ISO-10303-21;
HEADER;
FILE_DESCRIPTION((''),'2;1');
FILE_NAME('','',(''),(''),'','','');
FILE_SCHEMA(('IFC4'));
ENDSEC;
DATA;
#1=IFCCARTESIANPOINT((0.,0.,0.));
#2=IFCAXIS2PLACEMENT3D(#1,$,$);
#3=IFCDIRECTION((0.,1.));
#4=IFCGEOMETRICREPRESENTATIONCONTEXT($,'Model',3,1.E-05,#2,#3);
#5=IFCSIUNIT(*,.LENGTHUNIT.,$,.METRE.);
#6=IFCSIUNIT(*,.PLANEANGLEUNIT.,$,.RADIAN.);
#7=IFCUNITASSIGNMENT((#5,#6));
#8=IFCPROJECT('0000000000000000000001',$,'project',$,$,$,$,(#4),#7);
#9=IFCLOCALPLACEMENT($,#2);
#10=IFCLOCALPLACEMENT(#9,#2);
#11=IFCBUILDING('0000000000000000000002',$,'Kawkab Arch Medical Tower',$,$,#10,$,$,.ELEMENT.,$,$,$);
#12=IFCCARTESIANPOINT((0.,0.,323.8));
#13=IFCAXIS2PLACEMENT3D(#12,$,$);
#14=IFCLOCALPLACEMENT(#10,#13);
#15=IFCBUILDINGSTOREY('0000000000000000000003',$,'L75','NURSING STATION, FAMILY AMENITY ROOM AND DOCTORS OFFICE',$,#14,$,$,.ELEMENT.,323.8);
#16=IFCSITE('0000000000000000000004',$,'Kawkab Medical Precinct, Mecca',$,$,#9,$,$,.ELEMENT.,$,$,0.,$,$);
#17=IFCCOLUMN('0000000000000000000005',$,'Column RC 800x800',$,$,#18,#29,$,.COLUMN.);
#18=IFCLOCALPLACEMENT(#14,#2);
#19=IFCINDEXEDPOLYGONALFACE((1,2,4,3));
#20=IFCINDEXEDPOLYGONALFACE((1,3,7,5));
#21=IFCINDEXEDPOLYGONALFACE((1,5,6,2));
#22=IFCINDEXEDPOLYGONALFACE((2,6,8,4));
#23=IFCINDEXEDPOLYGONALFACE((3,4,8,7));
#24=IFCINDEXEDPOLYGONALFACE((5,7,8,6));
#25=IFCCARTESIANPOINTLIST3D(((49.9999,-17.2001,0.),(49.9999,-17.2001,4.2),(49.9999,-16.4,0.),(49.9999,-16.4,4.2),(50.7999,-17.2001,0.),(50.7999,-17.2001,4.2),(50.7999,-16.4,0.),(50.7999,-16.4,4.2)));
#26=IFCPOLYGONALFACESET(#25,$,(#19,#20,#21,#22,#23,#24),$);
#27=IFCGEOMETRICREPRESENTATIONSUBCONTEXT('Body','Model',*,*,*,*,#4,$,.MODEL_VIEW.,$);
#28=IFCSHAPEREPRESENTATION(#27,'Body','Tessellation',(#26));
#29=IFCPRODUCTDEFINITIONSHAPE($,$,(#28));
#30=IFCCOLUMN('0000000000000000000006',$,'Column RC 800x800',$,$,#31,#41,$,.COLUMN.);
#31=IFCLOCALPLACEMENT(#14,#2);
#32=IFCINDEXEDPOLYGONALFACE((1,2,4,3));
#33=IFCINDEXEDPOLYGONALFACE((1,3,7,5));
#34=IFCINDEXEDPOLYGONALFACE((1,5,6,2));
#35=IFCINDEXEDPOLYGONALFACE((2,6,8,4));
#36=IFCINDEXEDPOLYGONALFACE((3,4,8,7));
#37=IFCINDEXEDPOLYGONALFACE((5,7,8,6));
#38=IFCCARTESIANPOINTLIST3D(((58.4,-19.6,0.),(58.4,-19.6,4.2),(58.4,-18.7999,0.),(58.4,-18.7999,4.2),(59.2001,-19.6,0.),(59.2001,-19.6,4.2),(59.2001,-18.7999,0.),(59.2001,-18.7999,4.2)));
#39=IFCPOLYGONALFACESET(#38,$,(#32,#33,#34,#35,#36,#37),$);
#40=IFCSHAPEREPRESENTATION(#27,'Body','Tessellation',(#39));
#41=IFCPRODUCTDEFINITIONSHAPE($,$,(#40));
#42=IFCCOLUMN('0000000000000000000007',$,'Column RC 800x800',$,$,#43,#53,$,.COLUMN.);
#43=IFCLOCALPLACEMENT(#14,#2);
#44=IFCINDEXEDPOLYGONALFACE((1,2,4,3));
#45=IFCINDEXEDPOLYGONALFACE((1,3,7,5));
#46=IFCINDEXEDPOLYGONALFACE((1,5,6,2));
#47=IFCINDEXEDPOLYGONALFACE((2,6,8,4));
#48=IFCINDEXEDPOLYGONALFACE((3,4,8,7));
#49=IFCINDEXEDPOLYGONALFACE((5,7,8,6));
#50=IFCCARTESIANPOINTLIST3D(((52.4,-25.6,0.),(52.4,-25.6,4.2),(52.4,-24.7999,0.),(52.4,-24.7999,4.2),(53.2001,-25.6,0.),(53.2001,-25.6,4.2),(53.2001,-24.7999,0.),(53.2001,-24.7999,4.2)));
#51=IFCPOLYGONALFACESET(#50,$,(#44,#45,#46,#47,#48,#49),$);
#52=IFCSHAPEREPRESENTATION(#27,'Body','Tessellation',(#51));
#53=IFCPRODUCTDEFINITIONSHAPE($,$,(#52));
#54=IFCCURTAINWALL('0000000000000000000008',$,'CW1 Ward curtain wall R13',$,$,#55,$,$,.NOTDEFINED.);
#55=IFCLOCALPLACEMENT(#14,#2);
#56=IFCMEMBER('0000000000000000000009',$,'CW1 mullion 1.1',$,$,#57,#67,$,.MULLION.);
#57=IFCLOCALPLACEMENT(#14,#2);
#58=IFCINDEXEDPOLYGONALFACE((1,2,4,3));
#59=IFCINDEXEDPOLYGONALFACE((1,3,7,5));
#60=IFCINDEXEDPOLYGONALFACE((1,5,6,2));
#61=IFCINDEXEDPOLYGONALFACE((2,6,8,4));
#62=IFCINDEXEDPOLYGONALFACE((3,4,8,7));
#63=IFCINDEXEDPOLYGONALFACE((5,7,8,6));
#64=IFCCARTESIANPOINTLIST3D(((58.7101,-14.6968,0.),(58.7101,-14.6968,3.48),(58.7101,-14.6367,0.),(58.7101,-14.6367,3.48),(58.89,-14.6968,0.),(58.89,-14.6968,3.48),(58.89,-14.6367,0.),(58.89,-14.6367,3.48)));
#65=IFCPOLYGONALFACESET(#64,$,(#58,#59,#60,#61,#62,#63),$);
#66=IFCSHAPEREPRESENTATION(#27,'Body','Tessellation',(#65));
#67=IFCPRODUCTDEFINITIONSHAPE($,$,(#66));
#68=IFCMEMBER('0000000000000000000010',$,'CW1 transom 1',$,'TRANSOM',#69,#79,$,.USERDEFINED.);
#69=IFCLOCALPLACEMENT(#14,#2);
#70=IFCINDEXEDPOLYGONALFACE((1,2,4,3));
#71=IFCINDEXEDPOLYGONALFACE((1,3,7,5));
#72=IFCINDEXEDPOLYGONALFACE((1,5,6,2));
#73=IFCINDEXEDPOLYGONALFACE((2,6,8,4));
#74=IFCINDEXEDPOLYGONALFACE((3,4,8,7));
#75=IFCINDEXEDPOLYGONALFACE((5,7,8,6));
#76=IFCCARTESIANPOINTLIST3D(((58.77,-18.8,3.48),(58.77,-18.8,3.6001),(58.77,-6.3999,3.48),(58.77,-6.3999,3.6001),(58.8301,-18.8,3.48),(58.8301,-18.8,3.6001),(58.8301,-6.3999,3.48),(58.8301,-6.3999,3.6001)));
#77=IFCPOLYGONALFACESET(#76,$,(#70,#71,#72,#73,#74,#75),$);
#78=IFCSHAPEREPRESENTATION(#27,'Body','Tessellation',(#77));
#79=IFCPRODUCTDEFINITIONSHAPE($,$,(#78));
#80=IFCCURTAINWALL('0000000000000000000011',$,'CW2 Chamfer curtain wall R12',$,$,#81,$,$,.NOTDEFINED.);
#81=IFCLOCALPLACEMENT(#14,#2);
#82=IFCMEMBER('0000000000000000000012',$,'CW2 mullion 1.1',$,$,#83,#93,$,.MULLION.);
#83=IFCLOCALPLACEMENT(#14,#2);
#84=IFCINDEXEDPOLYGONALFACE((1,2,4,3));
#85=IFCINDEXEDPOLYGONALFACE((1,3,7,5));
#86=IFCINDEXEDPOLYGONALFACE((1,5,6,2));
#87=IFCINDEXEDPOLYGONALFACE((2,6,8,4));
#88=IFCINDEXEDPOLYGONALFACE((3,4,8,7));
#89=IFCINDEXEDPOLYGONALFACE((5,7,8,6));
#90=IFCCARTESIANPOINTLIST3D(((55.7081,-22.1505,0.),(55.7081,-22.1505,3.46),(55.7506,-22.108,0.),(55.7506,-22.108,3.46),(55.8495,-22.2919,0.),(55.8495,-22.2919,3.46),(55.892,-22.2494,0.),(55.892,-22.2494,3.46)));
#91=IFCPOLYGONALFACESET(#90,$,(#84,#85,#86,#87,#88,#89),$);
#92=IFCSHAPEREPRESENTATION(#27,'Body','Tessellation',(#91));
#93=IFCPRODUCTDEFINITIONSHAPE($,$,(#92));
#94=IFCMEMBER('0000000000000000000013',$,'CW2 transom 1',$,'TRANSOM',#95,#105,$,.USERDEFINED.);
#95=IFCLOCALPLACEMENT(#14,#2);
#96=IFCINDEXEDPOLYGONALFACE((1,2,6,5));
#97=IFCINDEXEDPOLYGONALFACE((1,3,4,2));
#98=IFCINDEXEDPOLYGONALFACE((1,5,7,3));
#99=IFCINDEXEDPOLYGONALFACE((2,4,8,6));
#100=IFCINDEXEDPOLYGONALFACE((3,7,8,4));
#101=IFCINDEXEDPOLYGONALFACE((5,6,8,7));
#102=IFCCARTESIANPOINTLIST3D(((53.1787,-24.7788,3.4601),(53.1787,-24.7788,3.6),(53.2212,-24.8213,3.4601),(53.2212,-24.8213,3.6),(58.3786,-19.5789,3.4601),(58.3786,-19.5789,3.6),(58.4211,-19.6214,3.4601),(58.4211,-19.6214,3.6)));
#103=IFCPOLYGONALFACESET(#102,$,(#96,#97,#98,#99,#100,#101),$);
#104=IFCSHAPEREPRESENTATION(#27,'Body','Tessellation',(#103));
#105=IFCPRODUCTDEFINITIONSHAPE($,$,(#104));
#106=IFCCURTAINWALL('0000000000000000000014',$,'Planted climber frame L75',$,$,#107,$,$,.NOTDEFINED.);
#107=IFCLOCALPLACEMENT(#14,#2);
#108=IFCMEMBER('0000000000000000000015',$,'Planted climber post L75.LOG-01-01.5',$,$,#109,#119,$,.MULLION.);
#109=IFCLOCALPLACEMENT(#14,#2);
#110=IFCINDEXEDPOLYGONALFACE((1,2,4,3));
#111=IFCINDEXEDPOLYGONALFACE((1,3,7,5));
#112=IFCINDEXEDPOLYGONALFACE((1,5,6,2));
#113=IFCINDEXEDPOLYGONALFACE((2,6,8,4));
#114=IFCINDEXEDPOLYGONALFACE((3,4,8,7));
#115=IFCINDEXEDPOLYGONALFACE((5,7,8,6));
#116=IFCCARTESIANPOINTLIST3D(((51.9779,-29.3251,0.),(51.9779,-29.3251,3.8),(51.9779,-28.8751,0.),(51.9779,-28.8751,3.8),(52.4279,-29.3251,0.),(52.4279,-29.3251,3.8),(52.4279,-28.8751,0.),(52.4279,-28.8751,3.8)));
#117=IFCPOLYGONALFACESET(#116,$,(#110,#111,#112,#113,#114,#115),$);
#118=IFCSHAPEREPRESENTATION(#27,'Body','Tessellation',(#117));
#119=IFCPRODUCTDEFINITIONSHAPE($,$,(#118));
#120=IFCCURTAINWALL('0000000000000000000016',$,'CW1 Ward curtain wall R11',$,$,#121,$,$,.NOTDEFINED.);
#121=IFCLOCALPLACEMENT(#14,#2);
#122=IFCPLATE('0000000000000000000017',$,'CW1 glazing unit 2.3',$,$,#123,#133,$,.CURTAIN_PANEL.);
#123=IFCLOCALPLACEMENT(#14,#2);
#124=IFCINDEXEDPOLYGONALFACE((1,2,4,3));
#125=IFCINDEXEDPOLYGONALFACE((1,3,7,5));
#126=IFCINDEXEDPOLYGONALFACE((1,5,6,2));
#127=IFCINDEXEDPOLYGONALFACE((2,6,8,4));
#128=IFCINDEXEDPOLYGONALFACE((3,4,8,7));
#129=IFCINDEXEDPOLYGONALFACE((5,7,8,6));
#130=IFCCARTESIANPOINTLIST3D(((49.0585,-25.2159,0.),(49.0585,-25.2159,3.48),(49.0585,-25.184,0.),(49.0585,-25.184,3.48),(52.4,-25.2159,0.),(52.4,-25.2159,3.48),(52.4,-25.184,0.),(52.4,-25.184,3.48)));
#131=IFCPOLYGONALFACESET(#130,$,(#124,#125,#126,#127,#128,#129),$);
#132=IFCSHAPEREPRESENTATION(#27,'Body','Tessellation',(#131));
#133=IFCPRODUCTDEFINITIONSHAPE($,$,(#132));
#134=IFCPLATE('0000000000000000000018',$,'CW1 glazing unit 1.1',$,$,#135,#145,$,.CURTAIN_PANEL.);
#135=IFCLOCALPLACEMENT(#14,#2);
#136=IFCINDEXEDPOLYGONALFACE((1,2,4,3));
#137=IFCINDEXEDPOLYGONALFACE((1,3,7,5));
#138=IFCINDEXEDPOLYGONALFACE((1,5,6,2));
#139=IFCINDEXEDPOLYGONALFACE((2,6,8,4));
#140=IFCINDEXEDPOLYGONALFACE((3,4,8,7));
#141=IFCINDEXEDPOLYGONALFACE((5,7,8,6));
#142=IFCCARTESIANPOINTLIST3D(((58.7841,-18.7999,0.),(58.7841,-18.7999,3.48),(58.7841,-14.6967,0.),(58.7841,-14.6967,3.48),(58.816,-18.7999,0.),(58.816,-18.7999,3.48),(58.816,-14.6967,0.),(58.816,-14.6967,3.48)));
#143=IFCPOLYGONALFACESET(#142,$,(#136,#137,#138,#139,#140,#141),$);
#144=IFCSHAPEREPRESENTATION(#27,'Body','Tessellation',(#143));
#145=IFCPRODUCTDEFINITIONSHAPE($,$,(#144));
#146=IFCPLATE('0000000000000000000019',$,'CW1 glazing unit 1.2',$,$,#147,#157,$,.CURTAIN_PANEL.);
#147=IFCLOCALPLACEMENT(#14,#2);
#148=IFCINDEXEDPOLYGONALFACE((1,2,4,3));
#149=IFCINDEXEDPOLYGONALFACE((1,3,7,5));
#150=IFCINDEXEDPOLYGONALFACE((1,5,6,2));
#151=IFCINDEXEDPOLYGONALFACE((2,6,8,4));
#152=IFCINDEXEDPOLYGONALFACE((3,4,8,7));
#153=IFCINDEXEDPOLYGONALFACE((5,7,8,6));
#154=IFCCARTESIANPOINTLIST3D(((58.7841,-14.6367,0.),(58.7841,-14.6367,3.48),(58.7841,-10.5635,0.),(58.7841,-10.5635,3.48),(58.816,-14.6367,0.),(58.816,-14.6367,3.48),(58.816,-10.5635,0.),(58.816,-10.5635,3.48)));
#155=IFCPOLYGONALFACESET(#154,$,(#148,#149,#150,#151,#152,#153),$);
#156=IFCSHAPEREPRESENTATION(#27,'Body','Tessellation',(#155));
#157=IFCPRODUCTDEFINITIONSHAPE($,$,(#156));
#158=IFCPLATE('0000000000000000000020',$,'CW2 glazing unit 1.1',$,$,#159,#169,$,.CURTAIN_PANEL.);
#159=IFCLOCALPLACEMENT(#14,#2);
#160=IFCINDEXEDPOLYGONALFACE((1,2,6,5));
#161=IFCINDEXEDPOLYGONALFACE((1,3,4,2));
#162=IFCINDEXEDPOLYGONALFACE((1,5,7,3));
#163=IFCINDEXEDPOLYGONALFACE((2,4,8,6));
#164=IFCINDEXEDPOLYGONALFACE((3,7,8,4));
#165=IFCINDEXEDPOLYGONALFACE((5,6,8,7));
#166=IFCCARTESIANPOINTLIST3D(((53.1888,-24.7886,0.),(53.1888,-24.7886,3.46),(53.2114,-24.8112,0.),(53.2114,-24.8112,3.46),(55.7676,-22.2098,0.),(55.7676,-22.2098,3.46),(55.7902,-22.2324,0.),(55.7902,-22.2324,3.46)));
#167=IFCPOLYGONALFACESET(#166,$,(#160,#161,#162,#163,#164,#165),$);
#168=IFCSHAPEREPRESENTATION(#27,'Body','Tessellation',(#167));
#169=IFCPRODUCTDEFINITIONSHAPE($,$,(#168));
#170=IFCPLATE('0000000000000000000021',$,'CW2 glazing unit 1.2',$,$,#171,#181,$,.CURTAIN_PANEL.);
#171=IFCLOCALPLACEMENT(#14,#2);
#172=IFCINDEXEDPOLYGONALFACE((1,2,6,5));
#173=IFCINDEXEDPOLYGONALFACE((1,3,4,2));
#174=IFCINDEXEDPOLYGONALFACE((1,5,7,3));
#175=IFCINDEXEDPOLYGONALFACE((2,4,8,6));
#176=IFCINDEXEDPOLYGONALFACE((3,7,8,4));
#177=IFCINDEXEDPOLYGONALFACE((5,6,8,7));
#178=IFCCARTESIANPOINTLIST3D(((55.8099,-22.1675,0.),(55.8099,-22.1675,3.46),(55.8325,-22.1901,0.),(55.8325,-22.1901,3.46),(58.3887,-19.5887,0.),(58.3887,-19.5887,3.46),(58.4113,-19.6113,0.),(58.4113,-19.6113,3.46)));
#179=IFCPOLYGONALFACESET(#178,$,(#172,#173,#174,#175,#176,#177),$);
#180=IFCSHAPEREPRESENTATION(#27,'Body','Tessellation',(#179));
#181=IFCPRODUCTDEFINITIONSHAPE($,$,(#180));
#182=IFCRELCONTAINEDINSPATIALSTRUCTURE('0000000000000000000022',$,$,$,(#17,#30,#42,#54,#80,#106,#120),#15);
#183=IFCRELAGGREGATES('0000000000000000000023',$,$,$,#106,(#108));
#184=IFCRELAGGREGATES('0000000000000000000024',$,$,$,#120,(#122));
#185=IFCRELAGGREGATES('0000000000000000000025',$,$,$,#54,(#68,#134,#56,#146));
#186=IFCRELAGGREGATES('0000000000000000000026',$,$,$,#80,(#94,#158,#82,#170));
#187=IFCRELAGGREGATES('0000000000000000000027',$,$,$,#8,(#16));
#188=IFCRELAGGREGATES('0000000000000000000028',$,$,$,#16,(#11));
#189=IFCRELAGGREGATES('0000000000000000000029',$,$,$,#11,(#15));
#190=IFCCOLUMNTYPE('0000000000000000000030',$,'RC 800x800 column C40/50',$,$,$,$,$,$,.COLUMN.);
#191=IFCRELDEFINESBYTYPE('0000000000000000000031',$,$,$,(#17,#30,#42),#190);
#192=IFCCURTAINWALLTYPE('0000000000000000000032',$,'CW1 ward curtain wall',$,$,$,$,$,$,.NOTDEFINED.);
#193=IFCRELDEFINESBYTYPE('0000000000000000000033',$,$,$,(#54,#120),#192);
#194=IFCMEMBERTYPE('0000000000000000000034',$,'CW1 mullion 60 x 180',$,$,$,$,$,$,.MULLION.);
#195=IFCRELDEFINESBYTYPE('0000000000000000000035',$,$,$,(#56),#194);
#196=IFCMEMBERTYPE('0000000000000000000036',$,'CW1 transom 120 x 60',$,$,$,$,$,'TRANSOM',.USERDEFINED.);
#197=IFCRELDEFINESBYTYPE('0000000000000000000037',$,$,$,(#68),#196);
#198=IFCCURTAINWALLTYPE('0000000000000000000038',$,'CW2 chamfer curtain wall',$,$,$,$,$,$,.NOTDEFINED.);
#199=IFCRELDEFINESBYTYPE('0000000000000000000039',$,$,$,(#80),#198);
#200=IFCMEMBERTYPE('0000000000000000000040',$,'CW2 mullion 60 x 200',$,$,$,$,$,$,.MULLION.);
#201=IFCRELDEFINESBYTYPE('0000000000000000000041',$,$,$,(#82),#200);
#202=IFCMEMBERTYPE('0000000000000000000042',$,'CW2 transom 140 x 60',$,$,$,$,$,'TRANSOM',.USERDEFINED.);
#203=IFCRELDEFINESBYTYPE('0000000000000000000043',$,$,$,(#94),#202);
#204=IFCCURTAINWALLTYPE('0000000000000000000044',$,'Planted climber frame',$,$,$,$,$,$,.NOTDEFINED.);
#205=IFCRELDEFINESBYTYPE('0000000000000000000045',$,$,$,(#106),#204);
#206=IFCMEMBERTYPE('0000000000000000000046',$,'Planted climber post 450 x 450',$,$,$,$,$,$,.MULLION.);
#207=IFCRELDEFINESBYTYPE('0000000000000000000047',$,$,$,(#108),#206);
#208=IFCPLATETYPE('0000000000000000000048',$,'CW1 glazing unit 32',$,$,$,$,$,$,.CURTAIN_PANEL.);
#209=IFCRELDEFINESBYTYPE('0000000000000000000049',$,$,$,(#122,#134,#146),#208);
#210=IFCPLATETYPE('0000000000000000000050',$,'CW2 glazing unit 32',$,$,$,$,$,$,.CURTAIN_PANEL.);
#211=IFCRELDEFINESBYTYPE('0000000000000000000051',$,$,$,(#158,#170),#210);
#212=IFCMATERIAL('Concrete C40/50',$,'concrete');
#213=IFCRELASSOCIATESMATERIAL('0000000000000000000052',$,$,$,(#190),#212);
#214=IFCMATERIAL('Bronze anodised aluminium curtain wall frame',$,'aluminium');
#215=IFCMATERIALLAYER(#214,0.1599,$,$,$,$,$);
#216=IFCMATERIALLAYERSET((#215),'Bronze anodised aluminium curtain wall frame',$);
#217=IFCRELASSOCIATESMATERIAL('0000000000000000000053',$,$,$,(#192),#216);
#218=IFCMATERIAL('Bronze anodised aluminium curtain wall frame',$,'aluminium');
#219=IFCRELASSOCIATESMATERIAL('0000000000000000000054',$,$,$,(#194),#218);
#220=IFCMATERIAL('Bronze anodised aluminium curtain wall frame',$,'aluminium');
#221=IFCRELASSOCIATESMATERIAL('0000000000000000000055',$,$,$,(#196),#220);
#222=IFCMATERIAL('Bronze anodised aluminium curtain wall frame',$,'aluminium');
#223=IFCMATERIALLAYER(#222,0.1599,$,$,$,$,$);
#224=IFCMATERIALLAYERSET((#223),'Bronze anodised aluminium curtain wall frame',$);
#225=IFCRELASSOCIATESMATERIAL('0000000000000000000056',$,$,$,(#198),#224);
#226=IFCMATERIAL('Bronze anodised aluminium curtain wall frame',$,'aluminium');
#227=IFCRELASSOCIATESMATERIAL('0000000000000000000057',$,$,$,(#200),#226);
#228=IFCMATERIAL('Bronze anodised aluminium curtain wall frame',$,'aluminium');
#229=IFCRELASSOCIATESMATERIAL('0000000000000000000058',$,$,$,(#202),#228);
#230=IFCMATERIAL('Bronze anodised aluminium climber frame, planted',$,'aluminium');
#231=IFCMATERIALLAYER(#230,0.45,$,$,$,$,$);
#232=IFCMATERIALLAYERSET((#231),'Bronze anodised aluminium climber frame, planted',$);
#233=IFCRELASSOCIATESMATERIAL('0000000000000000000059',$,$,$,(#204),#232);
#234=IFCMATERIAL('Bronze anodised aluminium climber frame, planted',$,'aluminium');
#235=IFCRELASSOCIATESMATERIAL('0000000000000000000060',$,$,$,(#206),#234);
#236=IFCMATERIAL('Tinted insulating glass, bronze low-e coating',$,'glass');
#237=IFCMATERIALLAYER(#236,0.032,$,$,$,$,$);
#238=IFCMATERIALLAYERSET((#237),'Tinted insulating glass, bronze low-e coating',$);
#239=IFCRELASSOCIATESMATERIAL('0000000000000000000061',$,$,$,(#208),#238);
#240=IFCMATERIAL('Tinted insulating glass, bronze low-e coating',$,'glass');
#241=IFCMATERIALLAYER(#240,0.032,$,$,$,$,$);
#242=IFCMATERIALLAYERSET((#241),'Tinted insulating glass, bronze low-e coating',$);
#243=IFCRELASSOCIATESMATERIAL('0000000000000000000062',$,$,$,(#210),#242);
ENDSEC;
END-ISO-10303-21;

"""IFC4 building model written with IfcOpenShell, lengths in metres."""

from ifc_helpers import new_model, si_unit, direction, frame, origin, origin_2d, place, context, subcontext, project, spatial, rectangle, extrude, material, layer, layer_set, material_profile, profile_set, type_object, element, aggregate, save


model = new_model("IFC4")

# Units and contexts
model_context = context("Model", 3, precision=1e-05, world=origin(), true_north=direction((0.0, 1.0)))
body_context = subcontext(model_context, "Body", "Model", "MODEL_VIEW")
ifc_project = project(units=[si_unit("LENGTHUNIT", "METRE"), si_unit("PLANEANGLEUNIT", "RADIAN")], contexts=[model_context])

# Site, building, storey
site_placement = place(None, origin())
site = spatial("IfcSite", under=ifc_project, at=site_placement, Name="Kawkab Medical Precinct, Mecca", CompositionType="ELEMENT", RefElevation=0.0)
building_placement = place(site_placement, origin())
building = spatial("IfcBuilding", under=site, at=building_placement, Name="Kawkab Arch Medical Tower", CompositionType="ELEMENT")
storey_placement = place(building_placement, frame((0.0, 0.0, 323.8)))
storey = spatial("IfcBuildingStorey", under=building, at=storey_placement, Name="L75", Description="NURSING STATION, FAMILY AMENITY ROOM AND DOCTORS OFFICE", CompositionType="ELEMENT", Elevation=323.8)

# Columns
ifc_material_1 = material(Name="Concrete C40/50", Category="concrete")
ifc_material_profile_1 = material_profile(ifc_material_1, rectangle(XDim=0.8, YDim=0.8, at=origin_2d()), Name="RC 800x800")
ifc_profile_set_1 = profile_set([ifc_material_profile_1], Name="Concrete C40/50")
column_type = type_object("IfcColumnType", Name="RC 800x800 column C40/50", PredefinedType="COLUMN", material=ifc_profile_set_1)
for number, where, z_axis, x_axis, name in (
    (1, (50.3999, -16.8, 0.0), (0.0, 0.0, 1.0), (1.0, 0.0, 0.0), "Column RC 800x800"),
    (2, (58.8, -19.2, 0.0), (0.0, 0.0, 1.0), (1.0, 0.0, 0.0), "Column RC 800x800"),
    (3, (52.8, -25.2, 0.0), (0.0, 0.0, 1.0), (1.0, 0.0, 0.0), "Column RC 800x800"),
):
    element("IfcColumn", number, at=place(storey_placement, frame(where, z_axis=z_axis, x_axis=x_axis)), inside=storey, type_object=column_type, Name=name, PredefinedType="COLUMN", context=body_context, shape_type="SweptSolid", body=[
        extrude(rectangle(XDim=0.8, YDim=0.8, at=origin_2d()), origin(), (0.0, 0.0, 1.0), 4.2),
    ])

# Curtain walls, members
ifc_material_2 = material(Name="Bronze anodised aluminium curtain wall frame", Category="aluminium")
ifc_layer_1 = layer(ifc_material_2, 0.1599)
ifc_layer_set_1 = layer_set([ifc_layer_1], Name="Bronze anodised aluminium curtain wall frame")
curtain_wall_type_1 = type_object("IfcCurtainWallType", Name="CW1 ward curtain wall", PredefinedType="NOTDEFINED", material=ifc_layer_set_1)
placement = place(storey_placement, origin())
curtain_wall_1 = element("IfcCurtainWall", 4, at=placement, inside=storey, type_object=curtain_wall_type_1, Name="CW1 Ward curtain wall R13", PredefinedType="NOTDEFINED")
ifc_material_3 = material(Name="Bronze anodised aluminium curtain wall frame", Category="aluminium")
ifc_material_profile_2 = material_profile(ifc_material_3, rectangle(XDim=0.1799, YDim=0.0601, at=origin_2d()), Name="AL 60x180")
ifc_profile_set_2 = profile_set([ifc_material_profile_2], Name="Bronze anodised aluminium curtain wall frame")
member_type_1 = type_object("IfcMemberType", Name="CW1 mullion 60 x 180", PredefinedType="MULLION", material=ifc_profile_set_2)
member_1_placement = place(storey_placement, frame((58.8, -14.6667, 0.0), z_axis=(0.0, 0.0, 1.0), x_axis=(-1.0, 0.0, 0.0)))
member_1 = element("IfcMember", 5, at=member_1_placement, type_object=member_type_1, Name="CW1 mullion 1.1", PredefinedType="MULLION", context=body_context, shape_type="SweptSolid", body=[
    extrude(rectangle(XDim=0.1799, YDim=0.0601, at=origin_2d()), origin(), (0.0, 0.0, 1.0), 3.48),
])
ifc_material_4 = material(Name="Bronze anodised aluminium curtain wall frame", Category="aluminium")
ifc_material_profile_3 = material_profile(ifc_material_4, rectangle(XDim=0.0601, YDim=0.1201, at=origin_2d()), Name="AL 60x120")
ifc_profile_set_3 = profile_set([ifc_material_profile_3], Name="Bronze anodised aluminium curtain wall frame")
member_type_2 = type_object("IfcMemberType", Name="CW1 transom 120 x 60", ElementType="TRANSOM", PredefinedType="USERDEFINED", material=ifc_profile_set_3)
member_2_placement = place(storey_placement, frame((58.8, -18.8, 3.54), z_axis=(0.0, 1.0, 0.0), x_axis=(-1.0, 0.0, 0.0)))
member_2 = element("IfcMember", 6, at=member_2_placement, type_object=member_type_2, Name="CW1 transom 1", ObjectType="TRANSOM", PredefinedType="USERDEFINED", context=body_context, shape_type="SweptSolid", body=[
    extrude(rectangle(XDim=0.0601, YDim=0.1201, at=origin_2d()), origin(), (0.0, 0.0, 1.0), 12.4001),
])
ifc_material_5 = material(Name="Bronze anodised aluminium curtain wall frame", Category="aluminium")
ifc_layer_2 = layer(ifc_material_5, 0.1599)
ifc_layer_set_2 = layer_set([ifc_layer_2], Name="Bronze anodised aluminium curtain wall frame")
curtain_wall_type_2 = type_object("IfcCurtainWallType", Name="CW2 chamfer curtain wall", PredefinedType="NOTDEFINED", material=ifc_layer_set_2)
curtain_wall_2 = element("IfcCurtainWall", 7, at=placement, inside=storey, type_object=curtain_wall_type_2, Name="CW2 Chamfer curtain wall R12", PredefinedType="NOTDEFINED")
ifc_material_6 = material(Name="Bronze anodised aluminium curtain wall frame", Category="aluminium")
ifc_material_profile_4 = material_profile(ifc_material_6, rectangle(XDim=0.2, YDim=0.0601, at=origin_2d()), Name="AL 60x200")
ifc_profile_set_4 = profile_set([ifc_material_profile_4], Name="Bronze anodised aluminium curtain wall frame")
member_type_3 = type_object("IfcMemberType", Name="CW2 mullion 60 x 200", PredefinedType="MULLION", material=ifc_profile_set_4)
member_3_placement = place(storey_placement, frame((55.8, -22.2, 0.0), z_axis=(0.0, 0.0, 1.0), x_axis=(-0.707107, 0.707107, 0.0)))
member_3 = element("IfcMember", 8, at=member_3_placement, type_object=member_type_3, Name="CW2 mullion 1.1", PredefinedType="MULLION", context=body_context, shape_type="SweptSolid", body=[
    extrude(rectangle(XDim=0.2, YDim=0.0601, at=origin_2d()), origin(), (0.0, 0.0, 1.0), 3.46),
])
ifc_material_7 = material(Name="Bronze anodised aluminium curtain wall frame", Category="aluminium")
ifc_material_profile_5 = material_profile(ifc_material_7, rectangle(XDim=0.0601, YDim=0.1399, at=origin_2d()), Name="AL 60x140")
ifc_profile_set_5 = profile_set([ifc_material_profile_5], Name="Bronze anodised aluminium curtain wall frame")
member_type_4 = type_object("IfcMemberType", Name="CW2 transom 140 x 60", ElementType="TRANSOM", PredefinedType="USERDEFINED", material=ifc_profile_set_5)
member_4_placement = place(storey_placement, frame((53.2, -24.8, 3.53), z_axis=(0.707107, 0.707107, 0.0), x_axis=(-0.707107, 0.707107, 0.0)))
member_4 = element("IfcMember", 9, at=member_4_placement, type_object=member_type_4, Name="CW2 transom 1", ObjectType="TRANSOM", PredefinedType="USERDEFINED", context=body_context, shape_type="SweptSolid", body=[
    extrude(rectangle(XDim=0.0601, YDim=0.1399, at=origin_2d()), origin(), (0.0, 0.0, 1.0), 7.3538),
])

# Curtain wall, member
ifc_material_8 = material(Name="Bronze anodised aluminium climber frame, planted", Category="aluminium")
ifc_layer_3 = layer(ifc_material_8, 0.45)
ifc_layer_set_3 = layer_set([ifc_layer_3], Name="Bronze anodised aluminium climber frame, planted")
curtain_wall_type_3 = type_object("IfcCurtainWallType", Name="Planted climber frame", PredefinedType="NOTDEFINED", material=ifc_layer_set_3)
curtain_wall_3 = element("IfcCurtainWall", 10, at=placement, inside=storey, type_object=curtain_wall_type_3, Name="Planted climber frame L75", PredefinedType="NOTDEFINED")
ifc_material_9 = material(Name="Bronze anodised aluminium climber frame, planted", Category="aluminium")
ifc_material_profile_6 = material_profile(ifc_material_9, rectangle(XDim=0.45, YDim=0.45, at=origin_2d()), Name="Post 450x450")
ifc_profile_set_6 = profile_set([ifc_material_profile_6], Name="Bronze anodised aluminium climber frame, planted")
member_type_5 = type_object("IfcMemberType", Name="Planted climber post 450 x 450", PredefinedType="MULLION", material=ifc_profile_set_6)
member_5_placement = place(storey_placement, frame((52.2029, -29.1001, 0.0), z_axis=(0.0, 0.0, 1.0), x_axis=(1.0, 0.0, 0.0)))
member_5 = element("IfcMember", 11, at=member_5_placement, type_object=member_type_5, Name="Planted climber post L75.LOG-01-01.5", PredefinedType="MULLION", context=body_context, shape_type="SweptSolid", body=[
    extrude(rectangle(XDim=0.45, YDim=0.45, at=origin_2d()), origin(), (0.0, 0.0, 1.0), 3.8),
])
aggregate(curtain_wall_3, [member_5])

# Curtain wall, plate
curtain_wall_4 = element("IfcCurtainWall", 12, at=placement, inside=storey, type_object=curtain_wall_type_1, Name="CW1 Ward curtain wall R11", PredefinedType="NOTDEFINED")
ifc_material_10 = material(Name="Tinted insulating glass, bronze low-e coating", Category="glass")
ifc_layer_4 = layer(ifc_material_10, 0.032)
ifc_layer_set_4 = layer_set([ifc_layer_4], Name="Tinted insulating glass, bronze low-e coating")
plate_type_1 = type_object("IfcPlateType", Name="CW1 glazing unit 32", PredefinedType="CURTAIN_PANEL", material=ifc_layer_set_4)
plate_1_placement = place(storey_placement, frame((50.7292, -25.2, 0.0), z_axis=(0.0, 0.0, 1.0), x_axis=(1.0, 0.0, 0.0)))
plate_1 = element("IfcPlate", 13, at=plate_1_placement, type_object=plate_type_1, Name="CW1 glazing unit 2.3", PredefinedType="CURTAIN_PANEL", context=body_context, shape_type="SweptSolid", body=[
    extrude(rectangle(XDim=3.3416, YDim=0.032, at=origin_2d()), origin(), (0.0, 0.0, 1.0), 3.48),
])
aggregate(curtain_wall_4, [plate_1])

# Plates
plate_2_placement = place(storey_placement, frame((58.8, -16.7483, 0.0), z_axis=(0.0, 0.0, 1.0), x_axis=(0.0, 1.0, 0.0)))
plate_2 = element("IfcPlate", 14, at=plate_2_placement, type_object=plate_type_1, Name="CW1 glazing unit 1.1", PredefinedType="CURTAIN_PANEL", context=body_context, shape_type="SweptSolid", body=[
    extrude(rectangle(XDim=4.1033, YDim=0.032, at=origin_2d()), origin(), (0.0, 0.0, 1.0), 3.48),
])
plate_3_placement = place(storey_placement, frame((58.8, -12.6001, 0.0), z_axis=(0.0, 0.0, 1.0), x_axis=(0.0, 1.0, 0.0)))
plate_3 = element("IfcPlate", 15, at=plate_3_placement, type_object=plate_type_1, Name="CW1 glazing unit 1.2", PredefinedType="CURTAIN_PANEL", context=body_context, shape_type="SweptSolid", body=[
    extrude(rectangle(XDim=4.0732, YDim=0.032, at=origin_2d()), origin(), (0.0, 0.0, 1.0), 3.48),
])
aggregate(curtain_wall_1, [member_2, plate_2, member_1, plate_3])
ifc_material_11 = material(Name="Tinted insulating glass, bronze low-e coating", Category="glass")
ifc_layer_5 = layer(ifc_material_11, 0.032)
ifc_layer_set_5 = layer_set([ifc_layer_5], Name="Tinted insulating glass, bronze low-e coating")
plate_type_2 = type_object("IfcPlateType", Name="CW2 glazing unit 32", PredefinedType="CURTAIN_PANEL", material=ifc_layer_set_5)
plate_4_placement = place(storey_placement, frame((54.4895, -23.5105, 0.0), z_axis=(0.0, 0.0, 1.0), x_axis=(0.707107, 0.707107, 0.0)))
plate_4 = element("IfcPlate", 16, at=plate_4_placement, type_object=plate_type_2, Name="CW2 glazing unit 1.1", PredefinedType="CURTAIN_PANEL", context=body_context, shape_type="SweptSolid", body=[
    extrude(rectangle(XDim=3.647, YDim=0.032, at=origin_2d()), origin(), (0.0, 0.0, 1.0), 3.46),
])
plate_5_placement = place(storey_placement, frame((57.1106, -20.8894, 0.0), z_axis=(0.0, 0.0, 1.0), x_axis=(0.707107, 0.707107, 0.0)))
plate_5 = element("IfcPlate", 17, at=plate_5_placement, type_object=plate_type_2, Name="CW2 glazing unit 1.2", PredefinedType="CURTAIN_PANEL", context=body_context, shape_type="SweptSolid", body=[
    extrude(rectangle(XDim=3.647, YDim=0.032, at=origin_2d()), origin(), (0.0, 0.0, 1.0), 3.46),
])
aggregate(curtain_wall_2, [member_4, plate_4, member_3, plate_5])

save(model, "model.ifc")
